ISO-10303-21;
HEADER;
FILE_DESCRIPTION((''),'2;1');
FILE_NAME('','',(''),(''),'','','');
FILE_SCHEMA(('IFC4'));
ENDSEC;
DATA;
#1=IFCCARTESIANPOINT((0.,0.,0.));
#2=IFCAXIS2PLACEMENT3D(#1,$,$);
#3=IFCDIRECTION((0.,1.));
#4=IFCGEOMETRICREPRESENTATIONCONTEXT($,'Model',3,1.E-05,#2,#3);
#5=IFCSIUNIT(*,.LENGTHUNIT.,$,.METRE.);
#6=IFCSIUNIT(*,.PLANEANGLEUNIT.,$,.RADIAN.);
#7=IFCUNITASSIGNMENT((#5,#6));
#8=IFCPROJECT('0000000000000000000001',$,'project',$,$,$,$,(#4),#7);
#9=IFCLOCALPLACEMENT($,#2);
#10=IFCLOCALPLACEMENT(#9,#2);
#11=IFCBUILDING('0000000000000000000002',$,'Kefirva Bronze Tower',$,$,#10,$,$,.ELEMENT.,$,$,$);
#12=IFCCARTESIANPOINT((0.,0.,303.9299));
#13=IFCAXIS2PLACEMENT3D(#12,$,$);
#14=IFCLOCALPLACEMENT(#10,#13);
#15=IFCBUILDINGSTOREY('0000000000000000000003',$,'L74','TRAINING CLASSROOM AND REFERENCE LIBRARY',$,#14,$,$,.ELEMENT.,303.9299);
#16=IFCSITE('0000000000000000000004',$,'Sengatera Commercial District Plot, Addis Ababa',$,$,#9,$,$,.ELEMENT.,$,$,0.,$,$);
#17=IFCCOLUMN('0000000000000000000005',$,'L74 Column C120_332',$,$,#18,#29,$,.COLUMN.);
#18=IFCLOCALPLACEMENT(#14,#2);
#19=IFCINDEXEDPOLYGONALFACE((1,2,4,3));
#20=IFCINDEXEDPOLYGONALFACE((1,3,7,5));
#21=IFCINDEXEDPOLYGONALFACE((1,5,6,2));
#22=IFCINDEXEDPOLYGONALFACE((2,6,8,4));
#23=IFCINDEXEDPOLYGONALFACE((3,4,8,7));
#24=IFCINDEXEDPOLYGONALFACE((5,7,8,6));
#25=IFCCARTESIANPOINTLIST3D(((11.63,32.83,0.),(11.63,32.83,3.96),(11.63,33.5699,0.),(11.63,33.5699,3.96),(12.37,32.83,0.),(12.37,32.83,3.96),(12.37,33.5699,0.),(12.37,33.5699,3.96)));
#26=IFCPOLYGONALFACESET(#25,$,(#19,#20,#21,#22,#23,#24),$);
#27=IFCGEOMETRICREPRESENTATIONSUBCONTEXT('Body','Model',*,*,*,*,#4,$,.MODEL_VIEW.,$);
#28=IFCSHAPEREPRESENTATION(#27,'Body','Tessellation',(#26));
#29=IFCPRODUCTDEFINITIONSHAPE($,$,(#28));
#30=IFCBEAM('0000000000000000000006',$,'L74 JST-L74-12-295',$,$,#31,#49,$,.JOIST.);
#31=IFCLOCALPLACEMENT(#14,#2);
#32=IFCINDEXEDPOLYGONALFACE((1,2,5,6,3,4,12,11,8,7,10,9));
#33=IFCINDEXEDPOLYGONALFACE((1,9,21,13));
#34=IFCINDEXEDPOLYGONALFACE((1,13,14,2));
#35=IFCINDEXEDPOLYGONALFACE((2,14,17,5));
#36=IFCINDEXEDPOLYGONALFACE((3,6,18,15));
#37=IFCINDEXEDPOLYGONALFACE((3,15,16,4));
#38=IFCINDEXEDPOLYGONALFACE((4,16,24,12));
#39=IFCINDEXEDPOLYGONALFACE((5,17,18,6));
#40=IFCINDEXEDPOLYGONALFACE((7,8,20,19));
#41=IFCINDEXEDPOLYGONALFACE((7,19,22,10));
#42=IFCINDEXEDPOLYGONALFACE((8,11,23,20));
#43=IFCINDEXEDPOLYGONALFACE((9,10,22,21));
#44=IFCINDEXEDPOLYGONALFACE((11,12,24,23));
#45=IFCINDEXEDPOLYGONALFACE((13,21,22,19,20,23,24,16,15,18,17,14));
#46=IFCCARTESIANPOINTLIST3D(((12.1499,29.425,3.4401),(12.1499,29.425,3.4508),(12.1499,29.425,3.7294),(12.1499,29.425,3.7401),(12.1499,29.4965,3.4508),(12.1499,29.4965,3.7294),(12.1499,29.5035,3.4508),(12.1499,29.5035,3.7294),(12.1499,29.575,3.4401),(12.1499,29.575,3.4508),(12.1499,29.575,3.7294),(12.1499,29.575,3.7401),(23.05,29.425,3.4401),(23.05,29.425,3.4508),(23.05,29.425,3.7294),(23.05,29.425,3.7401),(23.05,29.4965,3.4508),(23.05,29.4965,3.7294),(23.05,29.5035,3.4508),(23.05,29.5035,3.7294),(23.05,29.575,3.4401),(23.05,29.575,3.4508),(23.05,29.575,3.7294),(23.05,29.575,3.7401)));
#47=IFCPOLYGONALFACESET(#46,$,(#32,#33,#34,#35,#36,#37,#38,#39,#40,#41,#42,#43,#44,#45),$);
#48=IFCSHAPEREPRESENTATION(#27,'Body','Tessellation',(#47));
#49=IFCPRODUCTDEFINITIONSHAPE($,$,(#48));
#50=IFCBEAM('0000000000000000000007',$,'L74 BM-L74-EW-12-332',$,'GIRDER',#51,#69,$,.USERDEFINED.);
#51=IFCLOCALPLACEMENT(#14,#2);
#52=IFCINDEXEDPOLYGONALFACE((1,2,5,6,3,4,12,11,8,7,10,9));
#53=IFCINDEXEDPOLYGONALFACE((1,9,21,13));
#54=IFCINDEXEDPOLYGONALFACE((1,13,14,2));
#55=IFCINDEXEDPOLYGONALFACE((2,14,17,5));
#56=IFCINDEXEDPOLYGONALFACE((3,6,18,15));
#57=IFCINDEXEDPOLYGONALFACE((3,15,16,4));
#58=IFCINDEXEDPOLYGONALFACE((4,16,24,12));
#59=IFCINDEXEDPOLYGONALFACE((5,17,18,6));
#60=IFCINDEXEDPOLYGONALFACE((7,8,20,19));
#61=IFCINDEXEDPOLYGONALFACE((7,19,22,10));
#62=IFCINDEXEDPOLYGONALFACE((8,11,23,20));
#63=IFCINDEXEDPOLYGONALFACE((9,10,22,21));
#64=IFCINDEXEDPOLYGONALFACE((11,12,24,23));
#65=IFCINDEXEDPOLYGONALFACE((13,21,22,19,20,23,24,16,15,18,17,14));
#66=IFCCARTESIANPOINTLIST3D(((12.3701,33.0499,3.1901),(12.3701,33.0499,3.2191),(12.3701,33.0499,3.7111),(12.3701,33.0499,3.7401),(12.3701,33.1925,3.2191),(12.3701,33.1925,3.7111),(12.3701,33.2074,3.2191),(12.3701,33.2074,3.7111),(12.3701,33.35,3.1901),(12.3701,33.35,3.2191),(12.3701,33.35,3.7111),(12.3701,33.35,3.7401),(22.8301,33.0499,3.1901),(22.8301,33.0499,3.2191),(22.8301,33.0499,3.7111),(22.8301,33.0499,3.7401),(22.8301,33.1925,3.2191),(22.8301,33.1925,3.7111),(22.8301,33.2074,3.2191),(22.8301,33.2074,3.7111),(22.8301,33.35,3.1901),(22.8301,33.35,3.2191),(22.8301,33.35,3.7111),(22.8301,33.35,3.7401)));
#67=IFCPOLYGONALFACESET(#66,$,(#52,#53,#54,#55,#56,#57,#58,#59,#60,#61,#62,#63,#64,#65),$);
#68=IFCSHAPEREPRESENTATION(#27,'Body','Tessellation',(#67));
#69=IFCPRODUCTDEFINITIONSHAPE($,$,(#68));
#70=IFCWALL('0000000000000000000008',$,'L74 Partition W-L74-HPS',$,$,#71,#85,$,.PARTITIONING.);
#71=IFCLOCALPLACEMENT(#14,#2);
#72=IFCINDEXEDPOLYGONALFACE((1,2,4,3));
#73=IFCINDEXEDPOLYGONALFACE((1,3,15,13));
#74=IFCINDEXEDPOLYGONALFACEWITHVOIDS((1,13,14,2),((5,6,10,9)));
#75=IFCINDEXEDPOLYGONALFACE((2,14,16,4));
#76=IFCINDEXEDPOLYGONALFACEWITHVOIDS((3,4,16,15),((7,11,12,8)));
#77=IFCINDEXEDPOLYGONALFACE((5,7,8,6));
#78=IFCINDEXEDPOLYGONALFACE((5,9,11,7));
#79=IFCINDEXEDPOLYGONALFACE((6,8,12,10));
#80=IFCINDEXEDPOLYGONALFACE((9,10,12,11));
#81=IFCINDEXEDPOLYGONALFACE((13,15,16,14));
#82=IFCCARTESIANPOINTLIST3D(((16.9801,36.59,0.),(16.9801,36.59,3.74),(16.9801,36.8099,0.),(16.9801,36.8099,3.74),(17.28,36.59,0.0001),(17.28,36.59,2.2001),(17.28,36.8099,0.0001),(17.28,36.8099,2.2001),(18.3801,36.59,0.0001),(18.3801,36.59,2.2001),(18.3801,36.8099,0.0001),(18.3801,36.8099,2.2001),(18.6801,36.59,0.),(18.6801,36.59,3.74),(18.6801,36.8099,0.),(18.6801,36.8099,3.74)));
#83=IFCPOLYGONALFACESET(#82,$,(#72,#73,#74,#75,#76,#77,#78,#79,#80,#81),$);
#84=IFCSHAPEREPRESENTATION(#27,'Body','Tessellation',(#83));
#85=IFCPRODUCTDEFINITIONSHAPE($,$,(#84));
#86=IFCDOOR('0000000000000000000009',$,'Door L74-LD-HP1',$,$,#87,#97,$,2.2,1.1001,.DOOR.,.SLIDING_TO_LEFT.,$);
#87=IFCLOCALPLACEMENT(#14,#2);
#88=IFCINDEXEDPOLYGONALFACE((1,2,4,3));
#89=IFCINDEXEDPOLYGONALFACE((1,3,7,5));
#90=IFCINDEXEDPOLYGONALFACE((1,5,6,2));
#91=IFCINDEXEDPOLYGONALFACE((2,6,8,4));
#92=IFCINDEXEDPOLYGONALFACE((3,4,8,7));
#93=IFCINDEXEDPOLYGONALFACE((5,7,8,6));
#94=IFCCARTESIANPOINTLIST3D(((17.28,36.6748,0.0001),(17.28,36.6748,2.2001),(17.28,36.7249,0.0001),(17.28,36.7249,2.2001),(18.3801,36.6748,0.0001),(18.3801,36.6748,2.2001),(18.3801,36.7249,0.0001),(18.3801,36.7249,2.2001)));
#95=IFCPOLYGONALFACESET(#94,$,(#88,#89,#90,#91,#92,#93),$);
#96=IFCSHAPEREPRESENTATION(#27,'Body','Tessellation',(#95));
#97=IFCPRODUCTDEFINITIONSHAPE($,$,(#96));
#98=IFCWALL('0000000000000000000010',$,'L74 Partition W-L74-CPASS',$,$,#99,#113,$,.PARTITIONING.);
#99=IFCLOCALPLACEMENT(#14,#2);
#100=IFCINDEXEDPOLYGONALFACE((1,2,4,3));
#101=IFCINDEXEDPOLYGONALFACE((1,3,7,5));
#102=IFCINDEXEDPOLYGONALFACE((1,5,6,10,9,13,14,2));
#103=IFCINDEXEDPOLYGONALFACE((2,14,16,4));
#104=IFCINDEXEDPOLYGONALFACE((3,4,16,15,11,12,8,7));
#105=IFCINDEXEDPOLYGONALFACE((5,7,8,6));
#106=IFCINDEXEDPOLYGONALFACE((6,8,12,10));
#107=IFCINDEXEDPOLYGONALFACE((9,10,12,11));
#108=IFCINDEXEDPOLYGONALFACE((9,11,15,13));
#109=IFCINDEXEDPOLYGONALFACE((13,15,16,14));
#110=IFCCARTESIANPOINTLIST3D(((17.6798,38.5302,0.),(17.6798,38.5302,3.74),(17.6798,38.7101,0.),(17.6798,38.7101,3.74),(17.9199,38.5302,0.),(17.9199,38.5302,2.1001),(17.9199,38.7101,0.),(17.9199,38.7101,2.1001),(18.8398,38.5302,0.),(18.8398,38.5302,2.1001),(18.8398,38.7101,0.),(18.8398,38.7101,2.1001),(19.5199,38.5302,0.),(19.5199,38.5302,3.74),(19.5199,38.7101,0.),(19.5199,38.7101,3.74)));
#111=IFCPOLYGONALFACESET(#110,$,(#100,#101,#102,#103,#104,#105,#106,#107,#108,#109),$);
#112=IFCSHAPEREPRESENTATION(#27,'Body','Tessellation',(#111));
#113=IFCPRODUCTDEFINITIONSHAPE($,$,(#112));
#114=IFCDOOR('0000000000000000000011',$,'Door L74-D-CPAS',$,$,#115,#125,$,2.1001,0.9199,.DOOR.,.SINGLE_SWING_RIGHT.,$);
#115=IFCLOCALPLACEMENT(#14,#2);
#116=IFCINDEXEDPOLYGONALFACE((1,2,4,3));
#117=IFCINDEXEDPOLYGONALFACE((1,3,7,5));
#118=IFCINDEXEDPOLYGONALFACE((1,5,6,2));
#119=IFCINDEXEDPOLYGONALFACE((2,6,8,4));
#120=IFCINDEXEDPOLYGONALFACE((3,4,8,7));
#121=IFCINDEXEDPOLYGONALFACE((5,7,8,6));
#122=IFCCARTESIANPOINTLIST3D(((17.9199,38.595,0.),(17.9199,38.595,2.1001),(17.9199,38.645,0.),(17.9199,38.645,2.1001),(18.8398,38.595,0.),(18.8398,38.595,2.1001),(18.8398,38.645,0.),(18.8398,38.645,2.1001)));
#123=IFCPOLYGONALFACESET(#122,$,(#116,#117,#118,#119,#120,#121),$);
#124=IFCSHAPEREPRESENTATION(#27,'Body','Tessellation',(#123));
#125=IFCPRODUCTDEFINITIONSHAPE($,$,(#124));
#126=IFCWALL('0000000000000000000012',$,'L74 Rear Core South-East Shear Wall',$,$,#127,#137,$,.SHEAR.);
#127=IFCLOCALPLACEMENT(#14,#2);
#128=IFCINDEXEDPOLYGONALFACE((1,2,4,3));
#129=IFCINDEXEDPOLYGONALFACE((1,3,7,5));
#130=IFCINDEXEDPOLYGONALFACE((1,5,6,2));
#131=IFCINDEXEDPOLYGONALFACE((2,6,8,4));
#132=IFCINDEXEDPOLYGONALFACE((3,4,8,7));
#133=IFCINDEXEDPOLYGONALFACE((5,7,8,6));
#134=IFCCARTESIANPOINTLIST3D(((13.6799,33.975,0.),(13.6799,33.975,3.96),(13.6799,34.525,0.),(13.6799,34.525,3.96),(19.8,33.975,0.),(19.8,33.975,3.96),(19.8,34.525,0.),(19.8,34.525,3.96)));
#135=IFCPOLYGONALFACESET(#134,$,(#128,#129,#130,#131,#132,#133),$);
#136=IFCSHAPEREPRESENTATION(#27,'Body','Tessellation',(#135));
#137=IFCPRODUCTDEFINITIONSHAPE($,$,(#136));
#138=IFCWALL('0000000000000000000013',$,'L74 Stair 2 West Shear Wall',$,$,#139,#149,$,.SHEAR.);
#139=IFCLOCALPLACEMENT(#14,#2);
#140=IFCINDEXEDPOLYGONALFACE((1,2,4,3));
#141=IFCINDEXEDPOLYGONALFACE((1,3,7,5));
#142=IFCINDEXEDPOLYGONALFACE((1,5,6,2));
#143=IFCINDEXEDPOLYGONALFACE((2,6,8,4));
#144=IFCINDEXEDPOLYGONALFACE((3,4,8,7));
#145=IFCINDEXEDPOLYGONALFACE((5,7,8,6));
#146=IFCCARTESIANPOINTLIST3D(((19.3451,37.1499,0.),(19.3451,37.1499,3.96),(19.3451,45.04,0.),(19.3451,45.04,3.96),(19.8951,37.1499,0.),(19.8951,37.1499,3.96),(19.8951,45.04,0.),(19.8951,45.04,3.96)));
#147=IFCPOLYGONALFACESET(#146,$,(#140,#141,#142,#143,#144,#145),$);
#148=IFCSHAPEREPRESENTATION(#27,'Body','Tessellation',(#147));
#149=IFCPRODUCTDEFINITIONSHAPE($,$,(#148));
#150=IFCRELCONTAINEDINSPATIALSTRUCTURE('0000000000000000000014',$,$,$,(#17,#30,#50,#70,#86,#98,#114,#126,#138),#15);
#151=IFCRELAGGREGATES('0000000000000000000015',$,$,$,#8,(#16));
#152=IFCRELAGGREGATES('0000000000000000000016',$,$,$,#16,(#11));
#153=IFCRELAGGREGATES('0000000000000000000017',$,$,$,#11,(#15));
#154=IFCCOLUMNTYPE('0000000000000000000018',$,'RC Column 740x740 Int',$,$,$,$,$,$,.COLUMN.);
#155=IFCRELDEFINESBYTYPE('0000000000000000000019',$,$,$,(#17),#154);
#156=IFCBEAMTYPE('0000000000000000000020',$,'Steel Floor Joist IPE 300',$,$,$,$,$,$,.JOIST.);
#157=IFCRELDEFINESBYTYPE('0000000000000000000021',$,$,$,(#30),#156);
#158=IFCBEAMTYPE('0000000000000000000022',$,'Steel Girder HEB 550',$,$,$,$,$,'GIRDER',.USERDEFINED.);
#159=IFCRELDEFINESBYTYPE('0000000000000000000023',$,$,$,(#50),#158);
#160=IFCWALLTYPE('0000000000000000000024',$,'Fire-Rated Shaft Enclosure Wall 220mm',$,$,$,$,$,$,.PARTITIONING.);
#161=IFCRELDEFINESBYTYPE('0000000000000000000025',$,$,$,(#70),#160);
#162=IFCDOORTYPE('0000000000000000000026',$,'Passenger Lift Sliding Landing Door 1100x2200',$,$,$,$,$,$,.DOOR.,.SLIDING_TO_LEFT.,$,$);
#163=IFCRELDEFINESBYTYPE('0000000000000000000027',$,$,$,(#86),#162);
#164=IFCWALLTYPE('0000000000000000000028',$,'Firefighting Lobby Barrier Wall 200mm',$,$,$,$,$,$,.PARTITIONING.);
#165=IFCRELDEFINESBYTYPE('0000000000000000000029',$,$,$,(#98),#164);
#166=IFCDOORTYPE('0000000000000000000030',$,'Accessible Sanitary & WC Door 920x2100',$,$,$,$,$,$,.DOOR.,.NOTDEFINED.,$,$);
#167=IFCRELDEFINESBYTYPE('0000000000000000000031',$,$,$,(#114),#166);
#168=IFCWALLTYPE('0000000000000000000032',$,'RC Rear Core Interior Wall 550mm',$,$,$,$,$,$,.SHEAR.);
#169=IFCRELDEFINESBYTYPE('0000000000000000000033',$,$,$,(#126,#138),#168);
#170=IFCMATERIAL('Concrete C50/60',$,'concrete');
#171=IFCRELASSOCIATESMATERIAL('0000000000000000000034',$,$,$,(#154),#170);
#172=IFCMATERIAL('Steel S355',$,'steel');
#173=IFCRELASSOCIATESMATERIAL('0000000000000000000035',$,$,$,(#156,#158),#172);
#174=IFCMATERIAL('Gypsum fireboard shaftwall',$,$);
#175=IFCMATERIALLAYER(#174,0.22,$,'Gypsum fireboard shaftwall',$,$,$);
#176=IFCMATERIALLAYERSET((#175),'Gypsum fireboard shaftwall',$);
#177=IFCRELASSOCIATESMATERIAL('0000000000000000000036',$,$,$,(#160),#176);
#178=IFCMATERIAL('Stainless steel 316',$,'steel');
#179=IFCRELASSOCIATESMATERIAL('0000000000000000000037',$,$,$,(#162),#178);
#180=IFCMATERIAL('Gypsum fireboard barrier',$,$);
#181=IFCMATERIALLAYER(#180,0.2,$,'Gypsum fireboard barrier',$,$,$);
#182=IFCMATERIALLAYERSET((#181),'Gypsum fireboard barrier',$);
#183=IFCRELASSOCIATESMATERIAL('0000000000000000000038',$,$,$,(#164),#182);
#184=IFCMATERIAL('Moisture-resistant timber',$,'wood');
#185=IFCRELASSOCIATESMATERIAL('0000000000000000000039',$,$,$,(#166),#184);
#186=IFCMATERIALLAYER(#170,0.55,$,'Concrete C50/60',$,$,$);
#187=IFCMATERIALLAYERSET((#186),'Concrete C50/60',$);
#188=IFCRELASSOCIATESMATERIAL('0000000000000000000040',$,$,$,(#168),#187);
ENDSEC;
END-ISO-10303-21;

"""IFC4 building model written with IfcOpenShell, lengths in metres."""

from ifc_helpers import new_model, si_unit, direction, frame, frame_2d, origin, origin_2d, place, context, subcontext, project, spatial, rectangle, i_section, extrude, material, layer, layer_set, material_profile, profile_set, type_object, element, fill, save


model = new_model("IFC4")

# Units and contexts
model_context = context("Model", 3, precision=1e-05, world=origin(), true_north=direction((0.0, 1.0)))
body_context = subcontext(model_context, "Body", "Model", "MODEL_VIEW")
ifc_project = project(units=[si_unit("LENGTHUNIT", "METRE"), si_unit("PLANEANGLEUNIT", "RADIAN")], contexts=[model_context])

# Site, building, storey
site_placement = place(None, origin())
site = spatial("IfcSite", under=ifc_project, at=site_placement, Name="Sengatera Commercial District Plot, Addis Ababa", CompositionType="ELEMENT", RefElevation=0.0)
building_placement = place(site_placement, origin())
building = spatial("IfcBuilding", under=site, at=building_placement, Name="Kefirva Bronze Tower", CompositionType="ELEMENT")
storey_placement = place(building_placement, frame((0.0, 0.0, 303.9299)))
storey = spatial("IfcBuildingStorey", under=building, at=storey_placement, Name="L74", Description="TRAINING CLASSROOM AND REFERENCE LIBRARY", CompositionType="ELEMENT", Elevation=303.9299)

# Column
ifc_material_1 = material(Name="Concrete C50/60", Category="concrete")
ifc_material_profile_1 = material_profile(ifc_material_1, rectangle(XDim=0.74, YDim=0.74, at=origin_2d()), Name="RC 740x740")
ifc_profile_set_1 = profile_set([ifc_material_profile_1], Name="Concrete C50/60")
column_type = type_object("IfcColumnType", Name="RC Column 740x740 Int", PredefinedType="COLUMN", material=ifc_profile_set_1)
column_placement = place(storey_placement, frame((12.0, 33.2, 0.0), z_axis=(0.0, 0.0, 1.0), x_axis=(1.0, 0.0, 0.0)))
element("IfcColumn", 1, at=column_placement, inside=storey, type_object=column_type, Name="L74 Column C120_332", PredefinedType="COLUMN", context=body_context, shape_type="SweptSolid", body=[
    extrude(rectangle(XDim=0.74, YDim=0.74, at=origin_2d()), origin(), (0.0, 0.0, 1.0), 3.96),
])

# Beams
ifc_material_2 = material(Name="Steel S355", Category="steel")
ifc_material_profile_2 = material_profile(ifc_material_2, i_section(OverallWidth=0.1499, OverallDepth=0.3, WebThickness=0.0071, FlangeThickness=0.0107, at=origin_2d()), Name="IPE 300")
ifc_profile_set_2 = profile_set([ifc_material_profile_2], Name="Steel S355")
beam_type_1 = type_object("IfcBeamType", Name="Steel Floor Joist IPE 300", PredefinedType="JOIST", material=ifc_profile_set_2)
beam_1_placement = place(storey_placement, frame((12.1499, 29.5, 3.5901), z_axis=(1.0, 0.0, 0.0), x_axis=(0.0, 1.0, 0.0)))
element("IfcBeam", 2, at=beam_1_placement, inside=storey, type_object=beam_type_1, Name="L74 JST-L74-12-295", PredefinedType="JOIST", context=body_context, shape_type="SweptSolid", body=[
    extrude(i_section(OverallWidth=0.1499, OverallDepth=0.3, WebThickness=0.0071, FlangeThickness=0.0107, at=origin_2d()), origin(), (0.0, 0.0, 1.0), 10.9001),
])
ifc_material_profile_3 = material_profile(ifc_material_2, i_section(OverallWidth=0.3, OverallDepth=0.55, WebThickness=0.0149, FlangeThickness=0.0291, at=origin_2d()), Name="HEB 550")
ifc_profile_set_3 = profile_set([ifc_material_profile_3], Name="Steel S355")
beam_type_2 = type_object("IfcBeamType", Name="Steel Girder HEB 550", ElementType="GIRDER", PredefinedType="USERDEFINED", material=ifc_profile_set_3)
beam_2_placement = place(storey_placement, frame((12.3701, 33.2, 3.4651), z_axis=(1.0, 0.0, 0.0), x_axis=(0.0, 1.0, 0.0)))
element("IfcBeam", 3, at=beam_2_placement, inside=storey, type_object=beam_type_2, Name="L74 BM-L74-EW-12-332", ObjectType="GIRDER", PredefinedType="USERDEFINED", context=body_context, shape_type="SweptSolid", body=[
    extrude(i_section(OverallWidth=0.3, OverallDepth=0.55, WebThickness=0.0149, FlangeThickness=0.0291, at=origin_2d()), origin(), (0.0, 0.0, 1.0), 10.46),
])

# Walls, openings, doors
ifc_material_3 = material(Name="Gypsum fireboard shaftwall")
ifc_layer_1 = layer(ifc_material_3, 0.22, Name="Gypsum fireboard shaftwall")
ifc_layer_set_1 = layer_set([ifc_layer_1], Name="Gypsum fireboard shaftwall")
wall_type_1 = type_object("IfcWallType", Name="Fire-Rated Shaft Enclosure Wall 220mm", PredefinedType="PARTITIONING", material=ifc_layer_set_1)
wall_1_placement = place(storey_placement, frame((16.98, 36.7, 0.0), z_axis=(0.0, 0.0, 1.0), x_axis=(1.0, 0.0, 0.0)))
wall_1 = element("IfcWall", 4, at=wall_1_placement, inside=storey, type_object=wall_type_1, Name="L74 Partition W-L74-HPS", PredefinedType="PARTITIONING", context=body_context, shape_type="SweptSolid", body=[
    extrude(rectangle(XDim=1.7, YDim=0.22, at=frame_2d((0.8501, 0.0))), origin(), (0.0, 0.0, 1.0), 3.74),
])
opening_1_placement = place(wall_1_placement, frame((0.3, 0.0, 0.0)))
opening_1 = element("IfcOpeningElement", 5, at=opening_1_placement, cuts=wall_1, PredefinedType="OPENING", context=body_context, shape_type="SweptSolid", body=[
    extrude(rectangle(XDim=1.1001, YDim=2.2, at=frame_2d((0.55, 1.1001))), frame((0.0, 0.1201, 0.0), z_axis=(0.0, -1.0, 0.0), x_axis=(1.0, 0.0, 0.0)), (0.0, 0.0, 1.0), 0.24),
])
ifc_material_4 = material(Name="Stainless steel 316", Category="steel")
door_type_1 = type_object("IfcDoorType", Name="Passenger Lift Sliding Landing Door 1100x2200", OperationType="SLIDING_TO_LEFT", PredefinedType="DOOR", material=ifc_material_4)
door_1_placement = place(opening_1_placement, origin())
door_1 = element("IfcDoor", 6, at=door_1_placement, inside=storey, type_object=door_type_1, Name="Door L74-LD-HP1", OperationType="SLIDING_TO_LEFT", OverallHeight=2.2, OverallWidth=1.1001, PredefinedType="DOOR", context=body_context, shape_type="SweptSolid", body=[
    extrude(rectangle(XDim=1.1001, YDim=2.2, at=frame_2d((0.55, 1.1001))), frame((0.0, 0.0249, 0.0), z_axis=(0.0, -1.0, 0.0), x_axis=(1.0, 0.0, 0.0)), (0.0, 0.0, 1.0), 0.05),
])
fill(opening_1, door_1)
ifc_material_5 = material(Name="Gypsum fireboard barrier")
ifc_layer_2 = layer(ifc_material_5, 0.2, Name="Gypsum fireboard barrier")
ifc_layer_set_2 = layer_set([ifc_layer_2], Name="Gypsum fireboard barrier")
wall_type_2 = type_object("IfcWallType", Name="Firefighting Lobby Barrier Wall 200mm", PredefinedType="PARTITIONING", material=ifc_layer_set_2)
wall_2_placement = place(storey_placement, frame((17.6799, 38.6201, 0.0), z_axis=(0.0, 0.0, 1.0), x_axis=(1.0, 0.0, 0.0)))
wall_2 = element("IfcWall", 7, at=wall_2_placement, inside=storey, type_object=wall_type_2, Name="L74 Partition W-L74-CPASS", PredefinedType="PARTITIONING", context=body_context, shape_type="SweptSolid", body=[
    extrude(rectangle(XDim=1.8401, YDim=0.1799, at=frame_2d((0.9199, 0.0))), origin(), (0.0, 0.0, 1.0), 3.74),
])
opening_2_placement = place(wall_2_placement, frame((0.24, 0.0, 0.0)))
opening_2 = element("IfcOpeningElement", 8, at=opening_2_placement, cuts=wall_2, PredefinedType="OPENING", context=body_context, shape_type="SweptSolid", body=[
    extrude(rectangle(XDim=0.9199, YDim=2.1001, at=frame_2d((0.46, 1.05))), frame((0.0, 0.1001, 0.0), z_axis=(0.0, -1.0, 0.0), x_axis=(1.0, 0.0, 0.0)), (0.0, 0.0, 1.0), 0.2),
])
ifc_material_6 = material(Name="Moisture-resistant timber", Category="wood")
door_type_2 = type_object("IfcDoorType", Name="Accessible Sanitary & WC Door 920x2100", OperationType="NOTDEFINED", PredefinedType="DOOR", material=ifc_material_6)
door_2_placement = place(opening_2_placement, origin())
door_2 = element("IfcDoor", 9, at=door_2_placement, inside=storey, type_object=door_type_2, Name="Door L74-D-CPAS", OperationType="SINGLE_SWING_RIGHT", OverallHeight=2.1001, OverallWidth=0.9199, PredefinedType="DOOR", context=body_context, shape_type="SweptSolid", body=[
    extrude(rectangle(XDim=0.9199, YDim=2.1001, at=frame_2d((0.46, 1.05))), frame((0.0, 0.0249, 0.0), z_axis=(0.0, -1.0, 0.0), x_axis=(1.0, 0.0, 0.0)), (0.0, 0.0, 1.0), 0.05),
])
fill(opening_2, door_2)

# Walls
ifc_layer_3 = layer(ifc_material_1, 0.55, Name="Concrete C50/60")
ifc_layer_set_3 = layer_set([ifc_layer_3], Name="Concrete C50/60")
wall_type_3 = type_object("IfcWallType", Name="RC Rear Core Interior Wall 550mm", PredefinedType="SHEAR", material=ifc_layer_set_3)
wall_3_placement = place(storey_placement, frame((13.6799, 34.25, 0.0), z_axis=(0.0, 0.0, 1.0), x_axis=(1.0, 0.0, 0.0)))
element("IfcWall", 10, at=wall_3_placement, inside=storey, type_object=wall_type_3, Name="L74 Rear Core South-East Shear Wall", PredefinedType="SHEAR", context=body_context, shape_type="SweptSolid", body=[
    extrude(rectangle(XDim=6.1201, YDim=0.55, at=frame_2d((3.0601, 0.0))), origin(), (0.0, 0.0, 1.0), 3.96),
])
wall_4_placement = place(storey_placement, frame((19.6201, 37.1499, 0.0), z_axis=(0.0, 0.0, 1.0), x_axis=(0.0, 1.0, 0.0)))
element("IfcWall", 11, at=wall_4_placement, inside=storey, type_object=wall_type_3, Name="L74 Stair 2 West Shear Wall", PredefinedType="SHEAR", context=body_context, shape_type="SweptSolid", body=[
    extrude(rectangle(XDim=7.8901, YDim=0.55, at=frame_2d((3.9451, 0.0))), origin(), (0.0, 0.0, 1.0), 3.96),
])

save(model, "model.ifc")
